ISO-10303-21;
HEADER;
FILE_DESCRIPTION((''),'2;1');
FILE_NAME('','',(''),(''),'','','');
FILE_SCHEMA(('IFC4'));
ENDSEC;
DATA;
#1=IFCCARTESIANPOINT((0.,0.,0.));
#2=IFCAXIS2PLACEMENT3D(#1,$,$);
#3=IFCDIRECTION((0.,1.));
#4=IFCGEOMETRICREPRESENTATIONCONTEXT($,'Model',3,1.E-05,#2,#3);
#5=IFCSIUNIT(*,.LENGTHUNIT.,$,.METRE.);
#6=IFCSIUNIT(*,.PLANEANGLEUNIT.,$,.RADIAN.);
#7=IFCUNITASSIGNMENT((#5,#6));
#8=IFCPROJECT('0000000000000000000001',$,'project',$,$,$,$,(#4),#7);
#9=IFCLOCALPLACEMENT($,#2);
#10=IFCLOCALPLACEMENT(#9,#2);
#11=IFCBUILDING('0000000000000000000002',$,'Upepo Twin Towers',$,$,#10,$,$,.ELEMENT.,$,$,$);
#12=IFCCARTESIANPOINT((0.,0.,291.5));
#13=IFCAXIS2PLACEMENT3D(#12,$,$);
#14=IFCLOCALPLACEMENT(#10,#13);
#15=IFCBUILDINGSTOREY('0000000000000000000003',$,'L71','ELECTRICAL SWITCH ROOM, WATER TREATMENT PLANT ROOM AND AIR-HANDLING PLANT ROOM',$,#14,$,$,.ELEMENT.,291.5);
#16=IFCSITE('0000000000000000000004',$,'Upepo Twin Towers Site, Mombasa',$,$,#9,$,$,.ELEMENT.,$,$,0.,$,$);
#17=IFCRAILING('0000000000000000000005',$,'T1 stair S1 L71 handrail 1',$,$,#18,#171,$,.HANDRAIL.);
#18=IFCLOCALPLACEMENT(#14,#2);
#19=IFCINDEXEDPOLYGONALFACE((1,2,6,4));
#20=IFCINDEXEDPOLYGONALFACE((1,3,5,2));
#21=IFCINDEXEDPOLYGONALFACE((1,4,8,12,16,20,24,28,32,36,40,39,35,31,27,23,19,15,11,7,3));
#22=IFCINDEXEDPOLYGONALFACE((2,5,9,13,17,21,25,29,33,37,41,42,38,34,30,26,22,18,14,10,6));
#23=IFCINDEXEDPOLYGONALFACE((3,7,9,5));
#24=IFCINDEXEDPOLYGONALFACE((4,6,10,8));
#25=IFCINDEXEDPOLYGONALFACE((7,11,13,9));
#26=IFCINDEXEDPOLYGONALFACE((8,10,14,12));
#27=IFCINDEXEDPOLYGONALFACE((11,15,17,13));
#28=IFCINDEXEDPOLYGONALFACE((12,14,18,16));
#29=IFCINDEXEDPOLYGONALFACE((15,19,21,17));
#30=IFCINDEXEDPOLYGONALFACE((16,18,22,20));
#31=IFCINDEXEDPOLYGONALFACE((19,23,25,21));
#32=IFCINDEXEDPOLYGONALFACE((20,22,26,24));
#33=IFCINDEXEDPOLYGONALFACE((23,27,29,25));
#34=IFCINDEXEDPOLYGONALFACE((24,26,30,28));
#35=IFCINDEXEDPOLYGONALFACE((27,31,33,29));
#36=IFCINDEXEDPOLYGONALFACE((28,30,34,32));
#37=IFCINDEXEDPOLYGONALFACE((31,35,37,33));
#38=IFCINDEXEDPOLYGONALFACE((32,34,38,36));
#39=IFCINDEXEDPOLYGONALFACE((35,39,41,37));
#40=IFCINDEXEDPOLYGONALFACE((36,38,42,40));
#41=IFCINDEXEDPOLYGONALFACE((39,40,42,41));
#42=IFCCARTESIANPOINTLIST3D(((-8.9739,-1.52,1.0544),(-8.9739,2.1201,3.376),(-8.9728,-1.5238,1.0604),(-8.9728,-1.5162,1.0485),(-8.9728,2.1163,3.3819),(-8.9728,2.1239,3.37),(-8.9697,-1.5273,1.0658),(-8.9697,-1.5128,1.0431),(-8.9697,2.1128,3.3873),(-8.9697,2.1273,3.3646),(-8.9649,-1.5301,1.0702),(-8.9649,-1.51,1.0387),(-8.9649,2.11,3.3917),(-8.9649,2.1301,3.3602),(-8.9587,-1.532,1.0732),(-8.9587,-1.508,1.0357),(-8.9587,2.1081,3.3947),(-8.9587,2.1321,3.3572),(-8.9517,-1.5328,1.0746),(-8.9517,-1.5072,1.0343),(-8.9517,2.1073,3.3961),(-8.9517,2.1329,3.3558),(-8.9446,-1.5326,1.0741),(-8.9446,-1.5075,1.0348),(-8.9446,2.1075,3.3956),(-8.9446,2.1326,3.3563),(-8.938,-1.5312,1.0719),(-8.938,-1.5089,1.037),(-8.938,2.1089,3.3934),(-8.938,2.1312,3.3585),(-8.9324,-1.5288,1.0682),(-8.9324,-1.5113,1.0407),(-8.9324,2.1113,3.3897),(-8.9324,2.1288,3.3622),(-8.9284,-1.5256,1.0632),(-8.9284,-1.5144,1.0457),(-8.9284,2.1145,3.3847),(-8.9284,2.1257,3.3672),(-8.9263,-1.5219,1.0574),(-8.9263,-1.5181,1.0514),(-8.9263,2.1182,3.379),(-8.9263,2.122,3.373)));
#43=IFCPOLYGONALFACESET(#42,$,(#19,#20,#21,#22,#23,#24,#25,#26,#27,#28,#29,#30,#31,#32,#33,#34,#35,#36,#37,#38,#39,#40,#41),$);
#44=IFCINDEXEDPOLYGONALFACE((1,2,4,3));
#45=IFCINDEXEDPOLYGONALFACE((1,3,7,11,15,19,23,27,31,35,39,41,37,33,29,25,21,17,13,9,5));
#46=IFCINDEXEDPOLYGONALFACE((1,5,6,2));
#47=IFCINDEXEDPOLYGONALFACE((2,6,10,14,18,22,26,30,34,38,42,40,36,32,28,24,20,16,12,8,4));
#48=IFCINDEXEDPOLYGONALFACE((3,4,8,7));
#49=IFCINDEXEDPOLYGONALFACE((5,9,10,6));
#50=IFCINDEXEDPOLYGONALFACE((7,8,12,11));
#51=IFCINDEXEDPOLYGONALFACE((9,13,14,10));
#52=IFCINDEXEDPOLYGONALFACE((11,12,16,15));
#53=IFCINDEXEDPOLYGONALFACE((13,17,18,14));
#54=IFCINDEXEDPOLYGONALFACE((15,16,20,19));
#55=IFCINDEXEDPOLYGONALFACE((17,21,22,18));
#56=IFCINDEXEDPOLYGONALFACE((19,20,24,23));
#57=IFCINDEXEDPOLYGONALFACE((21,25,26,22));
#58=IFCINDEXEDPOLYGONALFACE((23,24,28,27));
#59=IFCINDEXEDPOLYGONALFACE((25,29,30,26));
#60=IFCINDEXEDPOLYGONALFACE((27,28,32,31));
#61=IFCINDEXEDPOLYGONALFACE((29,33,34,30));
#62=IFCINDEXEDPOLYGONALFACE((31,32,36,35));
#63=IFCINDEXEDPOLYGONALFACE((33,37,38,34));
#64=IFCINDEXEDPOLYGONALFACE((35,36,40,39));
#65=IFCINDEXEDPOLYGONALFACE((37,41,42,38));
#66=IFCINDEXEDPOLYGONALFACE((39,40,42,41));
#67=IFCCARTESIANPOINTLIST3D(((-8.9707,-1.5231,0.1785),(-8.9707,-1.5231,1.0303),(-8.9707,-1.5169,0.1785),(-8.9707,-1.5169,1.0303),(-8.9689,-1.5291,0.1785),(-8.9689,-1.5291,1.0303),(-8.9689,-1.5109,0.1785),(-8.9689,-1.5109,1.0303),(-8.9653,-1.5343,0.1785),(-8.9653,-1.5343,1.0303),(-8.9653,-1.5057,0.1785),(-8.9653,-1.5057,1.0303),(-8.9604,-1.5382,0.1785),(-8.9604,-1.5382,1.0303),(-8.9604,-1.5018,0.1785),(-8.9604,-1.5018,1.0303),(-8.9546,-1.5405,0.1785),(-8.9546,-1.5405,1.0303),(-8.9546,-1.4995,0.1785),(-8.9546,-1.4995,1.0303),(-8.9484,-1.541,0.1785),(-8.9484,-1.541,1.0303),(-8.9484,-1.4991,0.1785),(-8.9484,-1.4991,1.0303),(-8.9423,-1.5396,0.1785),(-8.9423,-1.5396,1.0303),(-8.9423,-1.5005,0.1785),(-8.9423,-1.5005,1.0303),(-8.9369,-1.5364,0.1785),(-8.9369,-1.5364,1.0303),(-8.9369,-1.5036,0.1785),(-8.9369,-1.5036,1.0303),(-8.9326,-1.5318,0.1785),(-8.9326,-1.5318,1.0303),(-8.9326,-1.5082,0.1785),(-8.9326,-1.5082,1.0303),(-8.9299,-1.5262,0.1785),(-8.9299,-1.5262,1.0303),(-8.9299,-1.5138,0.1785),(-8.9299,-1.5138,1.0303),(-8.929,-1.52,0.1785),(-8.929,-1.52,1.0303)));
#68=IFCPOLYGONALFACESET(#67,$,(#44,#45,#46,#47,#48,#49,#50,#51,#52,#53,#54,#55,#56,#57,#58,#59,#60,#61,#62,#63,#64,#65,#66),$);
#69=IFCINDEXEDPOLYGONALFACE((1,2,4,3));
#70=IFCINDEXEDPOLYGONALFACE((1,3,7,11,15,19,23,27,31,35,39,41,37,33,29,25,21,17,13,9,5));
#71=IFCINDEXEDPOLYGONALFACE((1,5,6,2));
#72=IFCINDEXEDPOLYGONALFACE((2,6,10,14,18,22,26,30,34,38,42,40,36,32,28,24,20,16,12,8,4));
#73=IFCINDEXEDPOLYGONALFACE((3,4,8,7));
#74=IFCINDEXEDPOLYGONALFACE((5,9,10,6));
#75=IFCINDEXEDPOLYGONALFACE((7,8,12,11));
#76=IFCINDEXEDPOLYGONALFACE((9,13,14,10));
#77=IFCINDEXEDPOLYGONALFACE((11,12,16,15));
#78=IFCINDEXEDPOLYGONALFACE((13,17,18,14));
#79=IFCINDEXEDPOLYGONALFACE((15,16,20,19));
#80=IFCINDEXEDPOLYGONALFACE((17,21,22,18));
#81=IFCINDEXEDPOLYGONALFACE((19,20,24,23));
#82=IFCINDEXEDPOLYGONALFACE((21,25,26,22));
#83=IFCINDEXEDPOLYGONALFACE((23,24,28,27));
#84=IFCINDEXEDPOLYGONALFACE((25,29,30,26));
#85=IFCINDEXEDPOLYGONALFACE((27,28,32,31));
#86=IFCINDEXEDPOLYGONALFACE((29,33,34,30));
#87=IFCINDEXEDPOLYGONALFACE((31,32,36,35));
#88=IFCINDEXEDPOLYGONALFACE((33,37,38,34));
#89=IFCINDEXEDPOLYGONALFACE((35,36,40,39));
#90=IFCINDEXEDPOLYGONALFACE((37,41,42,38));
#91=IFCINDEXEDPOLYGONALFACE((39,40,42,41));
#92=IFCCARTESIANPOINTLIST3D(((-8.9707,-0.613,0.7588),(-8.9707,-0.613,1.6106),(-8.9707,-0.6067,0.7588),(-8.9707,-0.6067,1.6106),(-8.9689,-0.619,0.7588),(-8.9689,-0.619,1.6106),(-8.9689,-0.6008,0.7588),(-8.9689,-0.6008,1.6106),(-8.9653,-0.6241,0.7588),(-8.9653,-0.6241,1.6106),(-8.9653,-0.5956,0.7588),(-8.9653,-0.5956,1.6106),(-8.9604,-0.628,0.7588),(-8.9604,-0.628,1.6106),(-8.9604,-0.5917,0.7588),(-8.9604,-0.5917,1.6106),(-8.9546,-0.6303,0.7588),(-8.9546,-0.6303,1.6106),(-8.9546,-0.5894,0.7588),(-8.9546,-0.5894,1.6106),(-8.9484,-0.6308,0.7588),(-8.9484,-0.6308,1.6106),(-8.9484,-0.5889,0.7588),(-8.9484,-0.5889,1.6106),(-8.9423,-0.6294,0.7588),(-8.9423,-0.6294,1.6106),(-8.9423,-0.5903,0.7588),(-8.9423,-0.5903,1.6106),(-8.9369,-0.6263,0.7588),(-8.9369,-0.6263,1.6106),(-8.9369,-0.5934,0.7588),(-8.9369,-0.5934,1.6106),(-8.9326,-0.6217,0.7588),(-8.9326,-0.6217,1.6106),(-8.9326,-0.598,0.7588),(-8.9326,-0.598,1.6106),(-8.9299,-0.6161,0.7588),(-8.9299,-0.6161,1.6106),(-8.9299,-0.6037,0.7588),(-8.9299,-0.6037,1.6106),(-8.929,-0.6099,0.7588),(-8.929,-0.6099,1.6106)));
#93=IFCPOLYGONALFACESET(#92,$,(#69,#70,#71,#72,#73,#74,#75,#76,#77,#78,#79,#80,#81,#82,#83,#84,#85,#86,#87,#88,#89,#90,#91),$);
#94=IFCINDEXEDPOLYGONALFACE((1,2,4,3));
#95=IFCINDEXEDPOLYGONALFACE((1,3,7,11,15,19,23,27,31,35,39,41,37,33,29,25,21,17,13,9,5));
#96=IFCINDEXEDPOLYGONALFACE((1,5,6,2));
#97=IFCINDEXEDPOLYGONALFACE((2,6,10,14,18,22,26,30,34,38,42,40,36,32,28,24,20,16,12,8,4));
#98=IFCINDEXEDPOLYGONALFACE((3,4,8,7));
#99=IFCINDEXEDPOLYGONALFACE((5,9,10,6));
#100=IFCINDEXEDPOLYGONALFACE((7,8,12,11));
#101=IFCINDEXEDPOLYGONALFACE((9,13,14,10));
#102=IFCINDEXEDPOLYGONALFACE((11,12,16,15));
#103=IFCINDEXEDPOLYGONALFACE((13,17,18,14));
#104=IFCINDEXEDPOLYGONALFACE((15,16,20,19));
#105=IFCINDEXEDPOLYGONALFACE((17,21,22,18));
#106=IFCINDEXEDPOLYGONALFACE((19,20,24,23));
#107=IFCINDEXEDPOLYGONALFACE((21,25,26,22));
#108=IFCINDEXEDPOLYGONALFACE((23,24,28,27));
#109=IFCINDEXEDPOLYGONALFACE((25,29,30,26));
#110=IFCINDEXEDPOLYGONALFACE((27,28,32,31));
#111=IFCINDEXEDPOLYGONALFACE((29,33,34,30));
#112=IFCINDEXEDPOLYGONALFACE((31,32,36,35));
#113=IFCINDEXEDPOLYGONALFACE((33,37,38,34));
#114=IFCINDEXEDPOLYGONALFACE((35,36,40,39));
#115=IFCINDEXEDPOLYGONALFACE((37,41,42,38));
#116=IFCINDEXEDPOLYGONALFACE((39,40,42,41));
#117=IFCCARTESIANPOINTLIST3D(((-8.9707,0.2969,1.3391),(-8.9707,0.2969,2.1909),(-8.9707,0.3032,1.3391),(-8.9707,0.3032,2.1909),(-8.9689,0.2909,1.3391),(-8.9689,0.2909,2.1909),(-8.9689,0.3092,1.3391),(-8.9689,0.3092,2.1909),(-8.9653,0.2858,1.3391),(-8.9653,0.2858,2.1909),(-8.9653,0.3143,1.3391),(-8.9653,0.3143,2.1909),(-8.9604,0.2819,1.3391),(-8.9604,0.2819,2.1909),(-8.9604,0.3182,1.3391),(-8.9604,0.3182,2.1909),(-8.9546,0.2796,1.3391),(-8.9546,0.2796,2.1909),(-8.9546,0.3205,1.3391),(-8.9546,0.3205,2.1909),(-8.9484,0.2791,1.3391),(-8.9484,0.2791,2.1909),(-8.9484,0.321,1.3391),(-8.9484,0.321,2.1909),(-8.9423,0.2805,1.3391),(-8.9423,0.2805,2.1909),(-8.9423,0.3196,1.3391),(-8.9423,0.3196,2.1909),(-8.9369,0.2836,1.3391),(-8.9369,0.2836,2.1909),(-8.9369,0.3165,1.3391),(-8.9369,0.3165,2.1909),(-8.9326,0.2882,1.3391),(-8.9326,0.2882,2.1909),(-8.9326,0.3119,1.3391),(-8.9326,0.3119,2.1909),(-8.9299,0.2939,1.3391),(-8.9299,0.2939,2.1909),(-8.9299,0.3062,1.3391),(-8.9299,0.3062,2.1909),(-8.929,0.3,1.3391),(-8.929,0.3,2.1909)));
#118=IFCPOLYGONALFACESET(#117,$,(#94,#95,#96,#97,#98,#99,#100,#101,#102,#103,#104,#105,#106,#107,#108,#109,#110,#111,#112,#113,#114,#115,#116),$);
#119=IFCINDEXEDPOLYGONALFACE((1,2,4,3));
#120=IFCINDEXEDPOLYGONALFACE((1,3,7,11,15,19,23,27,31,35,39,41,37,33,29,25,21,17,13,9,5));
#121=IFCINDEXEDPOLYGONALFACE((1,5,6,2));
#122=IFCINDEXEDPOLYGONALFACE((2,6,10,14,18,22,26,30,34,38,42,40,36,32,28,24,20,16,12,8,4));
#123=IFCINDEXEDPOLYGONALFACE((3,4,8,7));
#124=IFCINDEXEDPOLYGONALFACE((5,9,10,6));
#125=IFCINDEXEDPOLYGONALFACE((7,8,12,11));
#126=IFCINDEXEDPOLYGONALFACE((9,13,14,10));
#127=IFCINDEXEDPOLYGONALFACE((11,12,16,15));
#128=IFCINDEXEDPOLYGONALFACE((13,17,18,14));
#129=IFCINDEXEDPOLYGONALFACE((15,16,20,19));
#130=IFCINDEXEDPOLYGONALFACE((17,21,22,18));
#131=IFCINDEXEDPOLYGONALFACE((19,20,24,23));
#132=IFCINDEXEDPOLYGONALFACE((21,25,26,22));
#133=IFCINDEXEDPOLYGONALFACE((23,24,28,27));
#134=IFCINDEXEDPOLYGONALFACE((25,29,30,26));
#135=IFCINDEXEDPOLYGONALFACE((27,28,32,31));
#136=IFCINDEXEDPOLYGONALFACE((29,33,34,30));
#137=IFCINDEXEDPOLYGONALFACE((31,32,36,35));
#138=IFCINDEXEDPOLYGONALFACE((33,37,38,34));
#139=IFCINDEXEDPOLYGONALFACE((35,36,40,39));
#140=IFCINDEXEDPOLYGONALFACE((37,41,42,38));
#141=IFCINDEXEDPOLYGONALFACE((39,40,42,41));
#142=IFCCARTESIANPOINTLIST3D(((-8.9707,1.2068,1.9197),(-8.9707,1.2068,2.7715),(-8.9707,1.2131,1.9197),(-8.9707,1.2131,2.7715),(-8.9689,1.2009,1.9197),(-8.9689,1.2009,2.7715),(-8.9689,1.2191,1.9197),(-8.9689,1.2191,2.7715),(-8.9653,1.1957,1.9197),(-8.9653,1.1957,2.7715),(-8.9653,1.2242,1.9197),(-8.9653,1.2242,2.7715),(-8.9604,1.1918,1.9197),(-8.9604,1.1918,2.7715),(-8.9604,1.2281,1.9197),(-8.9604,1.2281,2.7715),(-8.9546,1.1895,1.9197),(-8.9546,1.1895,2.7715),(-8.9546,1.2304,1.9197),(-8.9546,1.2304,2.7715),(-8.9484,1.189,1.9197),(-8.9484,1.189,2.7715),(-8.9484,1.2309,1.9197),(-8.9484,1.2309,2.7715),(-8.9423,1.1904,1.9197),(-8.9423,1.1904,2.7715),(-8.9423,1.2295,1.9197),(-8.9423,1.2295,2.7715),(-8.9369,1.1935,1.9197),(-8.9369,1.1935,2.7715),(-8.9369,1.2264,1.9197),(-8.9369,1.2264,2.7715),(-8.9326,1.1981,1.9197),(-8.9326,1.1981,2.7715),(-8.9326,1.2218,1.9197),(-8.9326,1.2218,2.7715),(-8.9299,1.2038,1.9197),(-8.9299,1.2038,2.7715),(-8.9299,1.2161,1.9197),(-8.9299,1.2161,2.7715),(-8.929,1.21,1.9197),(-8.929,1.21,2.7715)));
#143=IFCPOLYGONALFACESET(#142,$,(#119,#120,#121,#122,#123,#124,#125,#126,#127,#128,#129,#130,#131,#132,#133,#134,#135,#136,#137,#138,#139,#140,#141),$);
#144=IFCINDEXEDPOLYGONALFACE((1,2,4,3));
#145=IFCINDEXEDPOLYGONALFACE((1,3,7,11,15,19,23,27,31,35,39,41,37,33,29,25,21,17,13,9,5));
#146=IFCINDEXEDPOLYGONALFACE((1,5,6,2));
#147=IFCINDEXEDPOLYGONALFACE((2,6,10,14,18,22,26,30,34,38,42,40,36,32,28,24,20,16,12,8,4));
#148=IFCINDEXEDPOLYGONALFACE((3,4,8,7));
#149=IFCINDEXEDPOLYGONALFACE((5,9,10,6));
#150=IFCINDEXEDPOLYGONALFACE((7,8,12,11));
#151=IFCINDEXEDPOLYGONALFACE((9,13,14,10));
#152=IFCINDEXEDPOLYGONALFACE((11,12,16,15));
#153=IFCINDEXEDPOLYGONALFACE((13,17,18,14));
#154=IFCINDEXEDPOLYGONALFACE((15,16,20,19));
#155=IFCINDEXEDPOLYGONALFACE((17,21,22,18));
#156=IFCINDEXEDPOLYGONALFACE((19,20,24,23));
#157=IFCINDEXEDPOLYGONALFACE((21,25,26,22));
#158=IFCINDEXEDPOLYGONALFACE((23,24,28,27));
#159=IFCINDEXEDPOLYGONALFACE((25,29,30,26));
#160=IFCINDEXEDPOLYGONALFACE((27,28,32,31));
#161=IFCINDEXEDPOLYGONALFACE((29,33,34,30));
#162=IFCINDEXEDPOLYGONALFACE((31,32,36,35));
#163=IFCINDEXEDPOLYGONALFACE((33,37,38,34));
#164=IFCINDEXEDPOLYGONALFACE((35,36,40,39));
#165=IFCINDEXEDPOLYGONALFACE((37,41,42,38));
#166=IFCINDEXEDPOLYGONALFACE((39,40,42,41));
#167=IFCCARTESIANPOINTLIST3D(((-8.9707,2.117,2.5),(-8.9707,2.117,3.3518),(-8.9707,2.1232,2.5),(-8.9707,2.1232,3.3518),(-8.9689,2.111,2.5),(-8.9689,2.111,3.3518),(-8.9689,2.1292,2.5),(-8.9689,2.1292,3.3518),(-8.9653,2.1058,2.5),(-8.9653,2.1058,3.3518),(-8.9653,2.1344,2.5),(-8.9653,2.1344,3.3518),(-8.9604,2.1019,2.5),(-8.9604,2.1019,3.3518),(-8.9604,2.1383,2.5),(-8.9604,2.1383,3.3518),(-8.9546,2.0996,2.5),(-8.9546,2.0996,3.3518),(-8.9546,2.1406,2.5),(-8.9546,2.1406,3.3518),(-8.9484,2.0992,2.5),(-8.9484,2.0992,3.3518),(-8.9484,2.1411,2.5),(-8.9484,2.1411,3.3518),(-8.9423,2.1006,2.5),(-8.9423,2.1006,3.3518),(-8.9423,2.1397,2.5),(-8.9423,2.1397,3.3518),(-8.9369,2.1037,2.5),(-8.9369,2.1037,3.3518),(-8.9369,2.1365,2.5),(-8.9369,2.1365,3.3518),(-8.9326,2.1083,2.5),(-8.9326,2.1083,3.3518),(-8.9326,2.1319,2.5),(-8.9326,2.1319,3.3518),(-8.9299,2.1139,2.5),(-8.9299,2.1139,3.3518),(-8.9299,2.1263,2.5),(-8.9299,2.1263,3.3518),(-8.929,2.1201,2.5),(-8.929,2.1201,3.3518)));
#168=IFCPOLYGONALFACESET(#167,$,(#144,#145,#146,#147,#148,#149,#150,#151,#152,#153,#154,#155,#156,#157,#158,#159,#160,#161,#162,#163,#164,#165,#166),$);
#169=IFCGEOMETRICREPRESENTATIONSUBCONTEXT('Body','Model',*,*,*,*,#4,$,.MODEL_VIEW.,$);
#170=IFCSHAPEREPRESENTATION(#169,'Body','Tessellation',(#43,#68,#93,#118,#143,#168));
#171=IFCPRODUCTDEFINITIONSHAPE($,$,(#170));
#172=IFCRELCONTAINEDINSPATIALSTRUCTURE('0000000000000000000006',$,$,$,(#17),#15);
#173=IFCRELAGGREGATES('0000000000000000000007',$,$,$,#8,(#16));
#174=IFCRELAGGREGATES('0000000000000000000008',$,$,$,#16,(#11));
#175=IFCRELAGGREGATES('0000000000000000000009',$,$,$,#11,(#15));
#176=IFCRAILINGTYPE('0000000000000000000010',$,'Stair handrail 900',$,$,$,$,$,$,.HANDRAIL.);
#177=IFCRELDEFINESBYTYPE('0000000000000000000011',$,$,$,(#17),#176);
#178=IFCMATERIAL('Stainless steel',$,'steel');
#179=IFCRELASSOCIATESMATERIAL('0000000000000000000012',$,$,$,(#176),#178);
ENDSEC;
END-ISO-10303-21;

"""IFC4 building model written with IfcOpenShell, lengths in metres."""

from ifc_helpers import new_model, si_unit, direction, frame, origin, origin_2d, place, context, subcontext, project, spatial, circle, extrude, material, type_object, element, save


model = new_model("IFC4")

# Units and contexts
model_context = context("Model", 3, precision=1e-05, world=origin(), true_north=direction((0.0, 1.0)))
body_context = subcontext(model_context, "Body", "Model", "MODEL_VIEW")
ifc_project = project(units=[si_unit("LENGTHUNIT", "METRE"), si_unit("PLANEANGLEUNIT", "RADIAN")], contexts=[model_context])

# Site, building, storey
site_placement = place(None, origin())
site = spatial("IfcSite", under=ifc_project, at=site_placement, Name="Upepo Twin Towers Site, Mombasa", CompositionType="ELEMENT", RefElevation=0.0)
building_placement = place(site_placement, origin())
building = spatial("IfcBuilding", under=site, at=building_placement, Name="Upepo Twin Towers", CompositionType="ELEMENT")
storey_placement = place(building_placement, frame((0.0, 0.0, 291.5)))
storey = spatial("IfcBuildingStorey", under=building, at=storey_placement, Name="L71", Description="ELECTRICAL SWITCH ROOM, WATER TREATMENT PLANT ROOM AND AIR-HANDLING PLANT ROOM", CompositionType="ELEMENT", Elevation=291.5)

# Railing
ifc_material_1 = material(Name="Stainless steel", Category="steel")
railing_type = type_object("IfcRailingType", Name="Stair handrail 900", PredefinedType="HANDRAIL", material=ifc_material_1)
railing_1_placement = place(storey_placement, frame((-8.95, -1.52, 0.1785)))
element("IfcRailing", 1, at=railing_1_placement, inside=storey, type_object=railing_type, Name="T1 stair S1 L71 handrail 1", PredefinedType="HANDRAIL", context=body_context, shape_type="SweptSolid", body=[
    extrude(circle(Radius=0.0239, at=origin_2d()), frame((0.0, 0.0, 0.876), z_axis=(0.0, 0.843128, 0.537713), x_axis=(-1.0, 0.0, 0.0)), (0.0, 0.0, 1.0), 4.3174),
    extrude(circle(Radius=0.021, at=origin_2d()), origin(), (0.0, 0.0, 1.0), 0.8518),
    extrude(circle(Radius=0.021, at=origin_2d()), frame((0.0, 0.9102, 0.5803)), (0.0, 0.0, 1.0), 0.8518),
    extrude(circle(Radius=0.021, at=origin_2d()), frame((0.0, 1.8201, 1.1606)), (0.0, 0.0, 1.0), 0.8518),
    extrude(circle(Radius=0.021, at=origin_2d()), frame((0.0, 2.73, 1.7412)), (0.0, 0.0, 1.0), 0.8518),
    extrude(circle(Radius=0.021, at=origin_2d()), frame((0.0, 3.6401, 2.3215)), (0.0, 0.0, 1.0), 0.8518),
])

save(model, "model.ifc")
